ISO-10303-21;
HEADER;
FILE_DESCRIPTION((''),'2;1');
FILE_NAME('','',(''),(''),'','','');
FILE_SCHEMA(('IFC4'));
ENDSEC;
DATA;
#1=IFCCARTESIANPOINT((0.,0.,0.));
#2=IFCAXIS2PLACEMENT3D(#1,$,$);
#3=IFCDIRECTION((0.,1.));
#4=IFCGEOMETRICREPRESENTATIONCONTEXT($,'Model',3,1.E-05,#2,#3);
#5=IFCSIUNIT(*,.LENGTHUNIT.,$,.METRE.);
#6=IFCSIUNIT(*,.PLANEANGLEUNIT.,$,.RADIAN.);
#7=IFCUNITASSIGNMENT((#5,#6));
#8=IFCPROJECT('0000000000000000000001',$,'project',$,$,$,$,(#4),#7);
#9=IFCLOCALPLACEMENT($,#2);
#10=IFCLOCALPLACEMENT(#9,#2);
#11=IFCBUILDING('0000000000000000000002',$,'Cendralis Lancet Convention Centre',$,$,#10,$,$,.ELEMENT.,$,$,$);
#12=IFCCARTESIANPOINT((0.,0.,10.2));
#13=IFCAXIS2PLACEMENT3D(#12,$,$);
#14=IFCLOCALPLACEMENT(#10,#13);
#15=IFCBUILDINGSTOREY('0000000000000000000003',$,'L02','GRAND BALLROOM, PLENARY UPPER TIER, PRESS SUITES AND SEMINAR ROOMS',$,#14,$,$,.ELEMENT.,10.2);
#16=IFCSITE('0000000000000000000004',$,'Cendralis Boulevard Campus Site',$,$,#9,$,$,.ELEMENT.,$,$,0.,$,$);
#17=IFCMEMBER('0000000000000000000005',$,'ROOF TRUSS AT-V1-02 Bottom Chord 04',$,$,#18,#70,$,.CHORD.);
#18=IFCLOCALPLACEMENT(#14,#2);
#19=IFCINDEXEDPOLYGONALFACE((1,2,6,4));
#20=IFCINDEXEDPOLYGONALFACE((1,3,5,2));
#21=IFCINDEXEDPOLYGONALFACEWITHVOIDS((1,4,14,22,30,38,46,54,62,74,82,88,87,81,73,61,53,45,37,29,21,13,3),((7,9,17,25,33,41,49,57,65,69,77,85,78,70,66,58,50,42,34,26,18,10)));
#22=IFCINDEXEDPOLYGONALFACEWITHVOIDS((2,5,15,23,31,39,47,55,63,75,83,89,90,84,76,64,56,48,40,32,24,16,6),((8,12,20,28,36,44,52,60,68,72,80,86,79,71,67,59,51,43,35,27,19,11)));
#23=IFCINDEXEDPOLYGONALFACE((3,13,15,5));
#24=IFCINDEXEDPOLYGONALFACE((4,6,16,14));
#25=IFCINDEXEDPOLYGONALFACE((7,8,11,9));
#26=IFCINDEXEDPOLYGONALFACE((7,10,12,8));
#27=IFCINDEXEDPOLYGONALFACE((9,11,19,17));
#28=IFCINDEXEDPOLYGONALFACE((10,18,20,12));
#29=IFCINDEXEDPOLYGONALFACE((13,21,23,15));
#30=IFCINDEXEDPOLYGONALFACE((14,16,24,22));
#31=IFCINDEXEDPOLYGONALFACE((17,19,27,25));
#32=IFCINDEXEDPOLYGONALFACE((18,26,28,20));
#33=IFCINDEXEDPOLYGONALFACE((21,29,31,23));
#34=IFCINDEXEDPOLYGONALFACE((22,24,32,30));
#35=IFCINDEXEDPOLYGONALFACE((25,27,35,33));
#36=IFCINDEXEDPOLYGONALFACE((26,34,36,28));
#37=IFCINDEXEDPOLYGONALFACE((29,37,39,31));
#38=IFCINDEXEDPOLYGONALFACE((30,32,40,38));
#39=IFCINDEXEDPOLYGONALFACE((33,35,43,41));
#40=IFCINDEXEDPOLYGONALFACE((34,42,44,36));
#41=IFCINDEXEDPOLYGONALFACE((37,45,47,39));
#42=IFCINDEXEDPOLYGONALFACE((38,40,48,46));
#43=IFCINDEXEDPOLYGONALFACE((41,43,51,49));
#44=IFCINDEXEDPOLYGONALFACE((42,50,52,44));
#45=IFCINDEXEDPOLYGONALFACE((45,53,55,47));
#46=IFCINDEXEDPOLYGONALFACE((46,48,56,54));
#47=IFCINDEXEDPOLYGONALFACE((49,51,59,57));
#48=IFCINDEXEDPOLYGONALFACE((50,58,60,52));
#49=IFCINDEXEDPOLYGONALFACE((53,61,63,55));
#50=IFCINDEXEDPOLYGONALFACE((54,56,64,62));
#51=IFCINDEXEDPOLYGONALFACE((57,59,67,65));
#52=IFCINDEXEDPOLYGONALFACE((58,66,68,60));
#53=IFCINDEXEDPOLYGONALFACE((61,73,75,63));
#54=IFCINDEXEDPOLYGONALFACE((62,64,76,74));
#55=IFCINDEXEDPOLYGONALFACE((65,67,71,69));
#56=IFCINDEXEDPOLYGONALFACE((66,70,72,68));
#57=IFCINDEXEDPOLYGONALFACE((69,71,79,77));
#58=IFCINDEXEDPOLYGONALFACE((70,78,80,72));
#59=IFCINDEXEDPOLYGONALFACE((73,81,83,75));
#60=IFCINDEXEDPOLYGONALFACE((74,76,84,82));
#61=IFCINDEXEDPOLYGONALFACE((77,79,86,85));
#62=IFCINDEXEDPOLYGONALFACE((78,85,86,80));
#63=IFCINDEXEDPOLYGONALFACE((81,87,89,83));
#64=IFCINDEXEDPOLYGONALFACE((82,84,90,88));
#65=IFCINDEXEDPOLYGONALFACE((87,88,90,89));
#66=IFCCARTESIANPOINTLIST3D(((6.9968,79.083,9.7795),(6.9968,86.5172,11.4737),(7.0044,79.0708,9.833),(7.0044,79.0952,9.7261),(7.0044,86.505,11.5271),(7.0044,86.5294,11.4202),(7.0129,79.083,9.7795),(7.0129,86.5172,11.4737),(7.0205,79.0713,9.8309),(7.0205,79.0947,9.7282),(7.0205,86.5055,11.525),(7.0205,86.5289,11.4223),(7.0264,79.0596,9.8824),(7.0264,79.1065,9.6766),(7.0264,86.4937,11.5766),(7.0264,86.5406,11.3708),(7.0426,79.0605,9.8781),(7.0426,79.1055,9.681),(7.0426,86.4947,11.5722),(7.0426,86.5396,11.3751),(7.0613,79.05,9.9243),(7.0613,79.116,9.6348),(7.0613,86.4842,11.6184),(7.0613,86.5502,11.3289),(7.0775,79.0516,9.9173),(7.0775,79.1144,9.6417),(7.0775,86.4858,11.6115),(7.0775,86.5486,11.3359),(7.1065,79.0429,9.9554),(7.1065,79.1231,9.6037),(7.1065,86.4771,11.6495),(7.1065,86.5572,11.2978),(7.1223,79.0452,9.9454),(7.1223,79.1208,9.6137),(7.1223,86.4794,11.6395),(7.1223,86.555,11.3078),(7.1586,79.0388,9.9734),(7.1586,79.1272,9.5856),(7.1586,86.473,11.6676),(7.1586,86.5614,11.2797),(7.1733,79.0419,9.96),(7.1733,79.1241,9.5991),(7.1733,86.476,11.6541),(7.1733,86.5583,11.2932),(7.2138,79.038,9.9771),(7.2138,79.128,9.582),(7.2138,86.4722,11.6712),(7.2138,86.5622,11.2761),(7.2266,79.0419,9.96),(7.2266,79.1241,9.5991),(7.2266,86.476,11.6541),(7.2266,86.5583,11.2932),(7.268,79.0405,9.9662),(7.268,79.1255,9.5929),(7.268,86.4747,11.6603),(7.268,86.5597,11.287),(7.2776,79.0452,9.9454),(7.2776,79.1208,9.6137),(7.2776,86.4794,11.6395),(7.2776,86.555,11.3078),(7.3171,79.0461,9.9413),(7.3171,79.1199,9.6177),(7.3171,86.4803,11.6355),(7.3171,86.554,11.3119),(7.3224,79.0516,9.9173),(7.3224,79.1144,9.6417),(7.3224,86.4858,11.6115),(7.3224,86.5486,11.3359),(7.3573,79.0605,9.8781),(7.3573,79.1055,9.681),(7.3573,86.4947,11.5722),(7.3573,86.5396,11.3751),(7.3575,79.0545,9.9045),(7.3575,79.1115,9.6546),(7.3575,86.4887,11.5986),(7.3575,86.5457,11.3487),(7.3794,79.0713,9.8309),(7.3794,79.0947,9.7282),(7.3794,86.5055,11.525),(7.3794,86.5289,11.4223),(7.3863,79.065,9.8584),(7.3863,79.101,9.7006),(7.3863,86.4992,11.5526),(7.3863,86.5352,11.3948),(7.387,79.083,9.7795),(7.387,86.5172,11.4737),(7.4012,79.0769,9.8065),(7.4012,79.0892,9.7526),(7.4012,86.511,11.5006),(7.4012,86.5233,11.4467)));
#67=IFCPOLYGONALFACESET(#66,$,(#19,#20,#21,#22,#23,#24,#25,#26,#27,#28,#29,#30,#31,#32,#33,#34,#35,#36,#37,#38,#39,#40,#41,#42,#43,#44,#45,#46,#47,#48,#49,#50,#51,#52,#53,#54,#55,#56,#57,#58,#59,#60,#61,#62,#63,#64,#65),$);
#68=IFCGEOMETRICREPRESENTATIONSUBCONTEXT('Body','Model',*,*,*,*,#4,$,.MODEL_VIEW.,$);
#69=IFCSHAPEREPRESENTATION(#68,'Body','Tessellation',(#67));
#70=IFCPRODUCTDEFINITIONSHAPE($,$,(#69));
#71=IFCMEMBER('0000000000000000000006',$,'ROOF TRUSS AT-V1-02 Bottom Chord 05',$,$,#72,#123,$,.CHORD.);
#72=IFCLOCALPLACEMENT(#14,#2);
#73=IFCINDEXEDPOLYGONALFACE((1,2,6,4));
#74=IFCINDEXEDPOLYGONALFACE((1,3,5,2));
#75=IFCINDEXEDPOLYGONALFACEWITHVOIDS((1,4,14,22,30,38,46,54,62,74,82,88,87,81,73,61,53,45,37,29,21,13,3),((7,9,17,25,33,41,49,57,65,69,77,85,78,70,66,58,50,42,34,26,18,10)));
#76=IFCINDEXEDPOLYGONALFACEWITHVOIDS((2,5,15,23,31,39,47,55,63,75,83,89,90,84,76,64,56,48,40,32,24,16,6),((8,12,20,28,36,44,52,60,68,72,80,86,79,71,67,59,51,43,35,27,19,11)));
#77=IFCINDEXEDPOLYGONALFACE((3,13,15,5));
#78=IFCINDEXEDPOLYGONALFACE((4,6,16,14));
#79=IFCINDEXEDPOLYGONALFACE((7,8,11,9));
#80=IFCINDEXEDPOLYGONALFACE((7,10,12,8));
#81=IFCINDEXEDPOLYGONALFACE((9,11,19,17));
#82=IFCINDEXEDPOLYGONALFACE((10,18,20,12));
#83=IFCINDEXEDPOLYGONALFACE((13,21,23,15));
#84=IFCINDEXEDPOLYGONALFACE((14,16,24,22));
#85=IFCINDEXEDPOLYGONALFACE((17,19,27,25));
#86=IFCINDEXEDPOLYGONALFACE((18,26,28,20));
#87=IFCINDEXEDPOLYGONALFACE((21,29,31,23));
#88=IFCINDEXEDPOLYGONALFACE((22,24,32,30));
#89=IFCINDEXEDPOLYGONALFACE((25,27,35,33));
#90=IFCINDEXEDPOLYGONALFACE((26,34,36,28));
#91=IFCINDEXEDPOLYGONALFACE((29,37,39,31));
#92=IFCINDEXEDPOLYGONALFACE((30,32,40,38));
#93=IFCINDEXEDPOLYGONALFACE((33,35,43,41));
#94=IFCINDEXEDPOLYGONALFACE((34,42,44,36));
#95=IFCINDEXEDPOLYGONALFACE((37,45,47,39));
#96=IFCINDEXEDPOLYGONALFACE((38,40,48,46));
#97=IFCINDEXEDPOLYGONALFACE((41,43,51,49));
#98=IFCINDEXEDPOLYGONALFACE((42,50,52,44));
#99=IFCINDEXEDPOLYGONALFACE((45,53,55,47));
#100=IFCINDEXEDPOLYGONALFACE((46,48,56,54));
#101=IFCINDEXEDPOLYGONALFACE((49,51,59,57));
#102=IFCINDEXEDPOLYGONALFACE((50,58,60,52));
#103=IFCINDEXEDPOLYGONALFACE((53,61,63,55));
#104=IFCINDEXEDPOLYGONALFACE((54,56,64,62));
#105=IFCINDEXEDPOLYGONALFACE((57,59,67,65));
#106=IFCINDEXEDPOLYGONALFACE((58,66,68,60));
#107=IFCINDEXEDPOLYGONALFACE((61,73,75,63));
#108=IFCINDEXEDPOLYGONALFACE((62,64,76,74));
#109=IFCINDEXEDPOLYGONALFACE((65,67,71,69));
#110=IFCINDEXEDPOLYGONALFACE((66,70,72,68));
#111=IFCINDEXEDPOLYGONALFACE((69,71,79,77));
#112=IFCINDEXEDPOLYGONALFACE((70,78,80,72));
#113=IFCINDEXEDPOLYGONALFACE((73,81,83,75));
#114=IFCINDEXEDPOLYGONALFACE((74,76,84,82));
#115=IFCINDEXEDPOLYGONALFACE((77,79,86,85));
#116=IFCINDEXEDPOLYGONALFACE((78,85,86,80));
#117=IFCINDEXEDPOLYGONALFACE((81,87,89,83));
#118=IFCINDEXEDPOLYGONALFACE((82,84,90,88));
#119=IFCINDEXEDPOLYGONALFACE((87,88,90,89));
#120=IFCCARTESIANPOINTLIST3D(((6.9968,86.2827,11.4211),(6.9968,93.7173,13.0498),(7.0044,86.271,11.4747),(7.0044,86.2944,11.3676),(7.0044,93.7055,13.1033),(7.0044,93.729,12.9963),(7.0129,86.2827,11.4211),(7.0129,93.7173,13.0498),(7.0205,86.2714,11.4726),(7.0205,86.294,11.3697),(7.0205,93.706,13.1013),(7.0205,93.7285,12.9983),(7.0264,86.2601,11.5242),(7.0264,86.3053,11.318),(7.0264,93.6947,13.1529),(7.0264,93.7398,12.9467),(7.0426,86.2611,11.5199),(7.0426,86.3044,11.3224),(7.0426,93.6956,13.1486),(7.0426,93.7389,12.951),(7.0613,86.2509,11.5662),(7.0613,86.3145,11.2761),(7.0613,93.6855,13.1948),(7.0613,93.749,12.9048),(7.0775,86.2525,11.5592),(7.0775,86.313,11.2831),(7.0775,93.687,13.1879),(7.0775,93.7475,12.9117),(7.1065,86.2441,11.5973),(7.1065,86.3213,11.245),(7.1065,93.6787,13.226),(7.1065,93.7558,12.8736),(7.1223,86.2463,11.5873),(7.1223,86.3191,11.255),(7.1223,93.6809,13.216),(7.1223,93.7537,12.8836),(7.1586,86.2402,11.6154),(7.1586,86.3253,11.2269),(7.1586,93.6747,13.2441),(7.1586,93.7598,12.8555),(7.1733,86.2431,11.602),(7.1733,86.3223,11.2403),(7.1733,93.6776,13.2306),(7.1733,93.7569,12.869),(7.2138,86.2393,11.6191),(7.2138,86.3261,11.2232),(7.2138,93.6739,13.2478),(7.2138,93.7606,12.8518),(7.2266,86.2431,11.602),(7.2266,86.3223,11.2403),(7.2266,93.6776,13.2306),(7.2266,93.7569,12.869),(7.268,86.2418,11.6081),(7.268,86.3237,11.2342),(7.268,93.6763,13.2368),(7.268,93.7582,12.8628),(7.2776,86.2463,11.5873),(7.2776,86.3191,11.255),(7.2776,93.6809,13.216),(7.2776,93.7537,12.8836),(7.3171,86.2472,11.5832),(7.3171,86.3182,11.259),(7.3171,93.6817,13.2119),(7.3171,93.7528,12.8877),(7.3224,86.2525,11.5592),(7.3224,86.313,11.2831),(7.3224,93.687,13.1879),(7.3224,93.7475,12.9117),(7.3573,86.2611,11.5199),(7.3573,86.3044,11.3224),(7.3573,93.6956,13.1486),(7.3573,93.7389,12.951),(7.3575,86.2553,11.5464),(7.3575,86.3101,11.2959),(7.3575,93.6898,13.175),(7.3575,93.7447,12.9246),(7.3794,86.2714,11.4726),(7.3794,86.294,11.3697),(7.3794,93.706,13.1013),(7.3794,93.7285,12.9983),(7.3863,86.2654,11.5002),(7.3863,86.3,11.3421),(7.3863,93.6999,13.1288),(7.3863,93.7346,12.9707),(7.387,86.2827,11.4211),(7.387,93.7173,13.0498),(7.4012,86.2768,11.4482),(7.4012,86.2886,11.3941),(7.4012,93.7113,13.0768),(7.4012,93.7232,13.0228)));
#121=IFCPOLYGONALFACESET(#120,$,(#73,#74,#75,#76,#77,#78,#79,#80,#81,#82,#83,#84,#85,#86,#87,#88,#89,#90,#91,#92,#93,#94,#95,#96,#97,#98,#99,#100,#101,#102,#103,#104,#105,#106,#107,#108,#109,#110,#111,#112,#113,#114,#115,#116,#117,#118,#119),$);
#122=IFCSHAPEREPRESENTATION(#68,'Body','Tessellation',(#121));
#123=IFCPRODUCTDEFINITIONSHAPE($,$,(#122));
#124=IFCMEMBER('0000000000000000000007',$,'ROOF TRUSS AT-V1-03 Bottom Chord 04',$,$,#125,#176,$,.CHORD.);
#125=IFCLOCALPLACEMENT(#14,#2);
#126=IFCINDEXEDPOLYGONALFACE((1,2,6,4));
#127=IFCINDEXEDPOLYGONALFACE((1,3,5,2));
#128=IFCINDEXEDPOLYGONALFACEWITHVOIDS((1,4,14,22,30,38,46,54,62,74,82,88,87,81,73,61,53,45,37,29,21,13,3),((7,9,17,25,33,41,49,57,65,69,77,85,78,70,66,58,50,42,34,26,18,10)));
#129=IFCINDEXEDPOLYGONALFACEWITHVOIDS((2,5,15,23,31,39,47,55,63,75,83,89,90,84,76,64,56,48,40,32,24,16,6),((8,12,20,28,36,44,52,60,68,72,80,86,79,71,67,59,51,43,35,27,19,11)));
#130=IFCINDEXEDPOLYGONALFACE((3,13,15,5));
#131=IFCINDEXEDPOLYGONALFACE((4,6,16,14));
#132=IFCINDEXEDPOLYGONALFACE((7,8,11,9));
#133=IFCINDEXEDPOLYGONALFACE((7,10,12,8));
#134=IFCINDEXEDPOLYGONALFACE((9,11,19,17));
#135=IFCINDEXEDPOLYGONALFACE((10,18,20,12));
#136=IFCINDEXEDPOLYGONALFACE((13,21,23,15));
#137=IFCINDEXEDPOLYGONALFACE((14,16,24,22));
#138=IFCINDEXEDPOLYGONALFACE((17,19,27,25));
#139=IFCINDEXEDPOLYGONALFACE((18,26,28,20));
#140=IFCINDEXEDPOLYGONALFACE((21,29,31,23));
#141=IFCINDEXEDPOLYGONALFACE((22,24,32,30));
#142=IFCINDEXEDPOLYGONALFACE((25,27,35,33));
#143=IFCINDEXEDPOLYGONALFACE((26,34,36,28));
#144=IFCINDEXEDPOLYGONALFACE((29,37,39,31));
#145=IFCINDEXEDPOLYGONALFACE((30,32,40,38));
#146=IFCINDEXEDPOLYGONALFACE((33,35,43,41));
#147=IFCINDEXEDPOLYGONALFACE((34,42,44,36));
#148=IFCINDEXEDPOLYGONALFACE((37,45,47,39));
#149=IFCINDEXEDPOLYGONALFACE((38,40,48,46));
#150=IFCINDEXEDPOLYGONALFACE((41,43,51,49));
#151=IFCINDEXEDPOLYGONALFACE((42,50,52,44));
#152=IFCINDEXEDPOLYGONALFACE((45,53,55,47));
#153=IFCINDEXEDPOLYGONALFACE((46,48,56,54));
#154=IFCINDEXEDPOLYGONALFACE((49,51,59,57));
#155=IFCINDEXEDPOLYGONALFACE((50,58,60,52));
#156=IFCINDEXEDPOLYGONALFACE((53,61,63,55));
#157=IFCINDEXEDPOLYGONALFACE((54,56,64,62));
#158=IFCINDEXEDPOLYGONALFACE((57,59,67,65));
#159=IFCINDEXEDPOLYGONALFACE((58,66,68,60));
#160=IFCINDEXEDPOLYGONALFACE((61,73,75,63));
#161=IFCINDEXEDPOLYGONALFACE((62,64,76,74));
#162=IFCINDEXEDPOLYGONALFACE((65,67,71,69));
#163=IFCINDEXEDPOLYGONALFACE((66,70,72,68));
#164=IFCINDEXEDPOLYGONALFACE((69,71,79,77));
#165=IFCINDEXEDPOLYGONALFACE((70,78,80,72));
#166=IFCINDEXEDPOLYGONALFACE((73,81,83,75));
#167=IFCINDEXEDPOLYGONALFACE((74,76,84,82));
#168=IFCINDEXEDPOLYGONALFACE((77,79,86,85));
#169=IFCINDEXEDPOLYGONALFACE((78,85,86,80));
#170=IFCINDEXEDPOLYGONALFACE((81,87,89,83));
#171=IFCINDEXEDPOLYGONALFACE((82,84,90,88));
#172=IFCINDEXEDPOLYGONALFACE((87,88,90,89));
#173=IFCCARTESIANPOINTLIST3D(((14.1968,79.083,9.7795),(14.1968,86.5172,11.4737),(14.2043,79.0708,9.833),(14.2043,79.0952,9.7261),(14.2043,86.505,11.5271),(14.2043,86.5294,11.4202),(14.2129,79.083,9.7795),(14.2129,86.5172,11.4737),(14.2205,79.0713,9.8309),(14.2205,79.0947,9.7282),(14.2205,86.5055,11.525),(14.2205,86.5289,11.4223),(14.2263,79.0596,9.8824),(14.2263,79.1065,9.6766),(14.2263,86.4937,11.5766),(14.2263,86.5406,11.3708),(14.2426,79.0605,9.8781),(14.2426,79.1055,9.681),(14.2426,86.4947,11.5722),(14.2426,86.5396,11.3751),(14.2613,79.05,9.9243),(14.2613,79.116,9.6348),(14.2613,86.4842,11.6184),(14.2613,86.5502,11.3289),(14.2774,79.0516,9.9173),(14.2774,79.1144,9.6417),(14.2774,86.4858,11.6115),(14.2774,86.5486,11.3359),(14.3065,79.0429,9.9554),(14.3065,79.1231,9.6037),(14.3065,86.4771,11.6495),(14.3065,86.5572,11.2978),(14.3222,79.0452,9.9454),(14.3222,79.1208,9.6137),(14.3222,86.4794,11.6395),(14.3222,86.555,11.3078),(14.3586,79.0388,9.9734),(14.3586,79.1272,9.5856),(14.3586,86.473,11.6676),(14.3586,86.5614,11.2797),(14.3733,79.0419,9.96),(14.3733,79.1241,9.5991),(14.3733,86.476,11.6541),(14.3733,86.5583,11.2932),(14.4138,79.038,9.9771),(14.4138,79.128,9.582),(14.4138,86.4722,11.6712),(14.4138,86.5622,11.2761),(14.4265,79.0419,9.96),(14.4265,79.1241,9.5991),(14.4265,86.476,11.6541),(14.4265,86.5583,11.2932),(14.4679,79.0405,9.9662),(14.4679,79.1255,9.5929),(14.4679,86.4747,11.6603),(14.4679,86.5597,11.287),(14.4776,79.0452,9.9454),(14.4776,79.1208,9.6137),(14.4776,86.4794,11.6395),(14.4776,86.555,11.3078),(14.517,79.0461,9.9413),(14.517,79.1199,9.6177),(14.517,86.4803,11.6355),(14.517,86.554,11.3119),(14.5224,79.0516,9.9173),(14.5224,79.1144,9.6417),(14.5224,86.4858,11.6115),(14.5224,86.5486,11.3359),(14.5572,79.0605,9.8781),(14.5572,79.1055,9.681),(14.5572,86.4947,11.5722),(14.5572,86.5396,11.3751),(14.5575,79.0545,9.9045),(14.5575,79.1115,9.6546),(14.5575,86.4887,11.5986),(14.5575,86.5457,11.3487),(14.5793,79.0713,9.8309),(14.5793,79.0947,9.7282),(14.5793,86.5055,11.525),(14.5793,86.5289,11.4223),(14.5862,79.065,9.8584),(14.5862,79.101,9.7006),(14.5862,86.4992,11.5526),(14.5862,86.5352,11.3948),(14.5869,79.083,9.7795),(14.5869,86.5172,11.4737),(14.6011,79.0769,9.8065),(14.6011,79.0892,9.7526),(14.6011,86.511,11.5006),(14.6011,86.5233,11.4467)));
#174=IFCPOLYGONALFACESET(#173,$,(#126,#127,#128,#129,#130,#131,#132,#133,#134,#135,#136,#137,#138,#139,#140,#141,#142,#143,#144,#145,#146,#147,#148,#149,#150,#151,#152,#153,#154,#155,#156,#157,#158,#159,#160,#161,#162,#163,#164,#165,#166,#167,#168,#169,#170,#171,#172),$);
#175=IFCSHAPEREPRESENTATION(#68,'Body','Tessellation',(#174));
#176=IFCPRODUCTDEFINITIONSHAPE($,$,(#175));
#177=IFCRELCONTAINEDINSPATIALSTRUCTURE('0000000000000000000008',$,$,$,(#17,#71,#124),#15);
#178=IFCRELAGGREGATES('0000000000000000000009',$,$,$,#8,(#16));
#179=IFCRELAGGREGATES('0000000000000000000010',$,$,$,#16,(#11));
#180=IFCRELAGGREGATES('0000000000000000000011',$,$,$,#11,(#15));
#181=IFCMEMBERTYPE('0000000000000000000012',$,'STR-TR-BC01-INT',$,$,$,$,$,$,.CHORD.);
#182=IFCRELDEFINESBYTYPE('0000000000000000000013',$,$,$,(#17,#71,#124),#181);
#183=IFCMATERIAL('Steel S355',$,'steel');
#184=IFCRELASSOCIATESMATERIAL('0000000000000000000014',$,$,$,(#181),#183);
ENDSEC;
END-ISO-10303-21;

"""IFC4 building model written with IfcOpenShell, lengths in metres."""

from ifc_helpers import new_model, si_unit, direction, frame, origin, origin_2d, place, context, subcontext, project, spatial, hollow_circle, extrude, material, material_profile, profile_set, type_object, element, save


model = new_model("IFC4")

# Units and contexts
model_context = context("Model", 3, precision=1e-05, world=origin(), true_north=direction((0.0, 1.0)))
body_context = subcontext(model_context, "Body", "Model", "MODEL_VIEW")
ifc_project = project(units=[si_unit("LENGTHUNIT", "METRE"), si_unit("PLANEANGLEUNIT", "RADIAN")], contexts=[model_context])

# Site, building, storey
site_placement = place(None, origin())
site = spatial("IfcSite", under=ifc_project, at=site_placement, Name="Cendralis Boulevard Campus Site", CompositionType="ELEMENT", RefElevation=0.0)
building_placement = place(site_placement, origin())
building = spatial("IfcBuilding", under=site, at=building_placement, Name="Cendralis Lancet Convention Centre", CompositionType="ELEMENT")
storey_placement = place(building_placement, frame((0.0, 0.0, 10.2)))
storey = spatial("IfcBuildingStorey", under=building, at=storey_placement, Name="L02", Description="GRAND BALLROOM, PLENARY UPPER TIER, PRESS SUITES AND SEMINAR ROOMS", CompositionType="ELEMENT", Elevation=10.2)

# Members
ifc_material = material(Name="Steel S355", Category="steel")
ifc_material_profile_1 = material_profile(ifc_material, hollow_circle(Radius=0.2031, WallThickness=0.0161, at=origin_2d()), Name="CHS 406.4x16.0")
ifc_profile_set_1 = profile_set([ifc_material_profile_1], Name="Steel S355")
member_type_1 = type_object("IfcMemberType", Name="STR-TR-BC01-INT", PredefinedType="CHORD", material=ifc_profile_set_1)
member_1_placement = place(storey_placement, frame((7.2, 79.083, 9.7795), z_axis=(0.0, 0.975004, 0.222186), x_axis=(-1.0, 0.0, 0.0)))
element("IfcMember", 1, at=member_1_placement, inside=storey, type_object=member_type_1, Name="ROOF TRUSS AT-V1-02 Bottom Chord 04", PredefinedType="CHORD", context=body_context, shape_type="SweptSolid", body=[
    extrude(hollow_circle(Radius=0.2031, WallThickness=0.0161, at=origin_2d()), origin(), (0.0, 0.0, 1.0), 7.6248),
])
member_2_placement = place(storey_placement, frame((7.2, 86.2827, 11.4211), z_axis=(0.0, 0.976836, 0.213992), x_axis=(-1.0, 0.0, 0.0)))
element("IfcMember", 2, at=member_2_placement, inside=storey, type_object=member_type_1, Name="ROOF TRUSS AT-V1-02 Bottom Chord 05", PredefinedType="CHORD", context=body_context, shape_type="SweptSolid", body=[
    extrude(hollow_circle(Radius=0.2031, WallThickness=0.0161, at=origin_2d()), origin(), (0.0, 0.0, 1.0), 7.6108),
])
member_3_placement = place(storey_placement, frame((14.3999, 79.083, 9.7795), z_axis=(0.0, 0.975004, 0.222186), x_axis=(-1.0, 0.0, 0.0)))
element("IfcMember", 3, at=member_3_placement, inside=storey, type_object=member_type_1, Name="ROOF TRUSS AT-V1-03 Bottom Chord 04", PredefinedType="CHORD", context=body_context, shape_type="SweptSolid", body=[
    extrude(hollow_circle(Radius=0.2031, WallThickness=0.0161, at=origin_2d()), origin(), (0.0, 0.0, 1.0), 7.6248),
])

save(model, "model.ifc")
